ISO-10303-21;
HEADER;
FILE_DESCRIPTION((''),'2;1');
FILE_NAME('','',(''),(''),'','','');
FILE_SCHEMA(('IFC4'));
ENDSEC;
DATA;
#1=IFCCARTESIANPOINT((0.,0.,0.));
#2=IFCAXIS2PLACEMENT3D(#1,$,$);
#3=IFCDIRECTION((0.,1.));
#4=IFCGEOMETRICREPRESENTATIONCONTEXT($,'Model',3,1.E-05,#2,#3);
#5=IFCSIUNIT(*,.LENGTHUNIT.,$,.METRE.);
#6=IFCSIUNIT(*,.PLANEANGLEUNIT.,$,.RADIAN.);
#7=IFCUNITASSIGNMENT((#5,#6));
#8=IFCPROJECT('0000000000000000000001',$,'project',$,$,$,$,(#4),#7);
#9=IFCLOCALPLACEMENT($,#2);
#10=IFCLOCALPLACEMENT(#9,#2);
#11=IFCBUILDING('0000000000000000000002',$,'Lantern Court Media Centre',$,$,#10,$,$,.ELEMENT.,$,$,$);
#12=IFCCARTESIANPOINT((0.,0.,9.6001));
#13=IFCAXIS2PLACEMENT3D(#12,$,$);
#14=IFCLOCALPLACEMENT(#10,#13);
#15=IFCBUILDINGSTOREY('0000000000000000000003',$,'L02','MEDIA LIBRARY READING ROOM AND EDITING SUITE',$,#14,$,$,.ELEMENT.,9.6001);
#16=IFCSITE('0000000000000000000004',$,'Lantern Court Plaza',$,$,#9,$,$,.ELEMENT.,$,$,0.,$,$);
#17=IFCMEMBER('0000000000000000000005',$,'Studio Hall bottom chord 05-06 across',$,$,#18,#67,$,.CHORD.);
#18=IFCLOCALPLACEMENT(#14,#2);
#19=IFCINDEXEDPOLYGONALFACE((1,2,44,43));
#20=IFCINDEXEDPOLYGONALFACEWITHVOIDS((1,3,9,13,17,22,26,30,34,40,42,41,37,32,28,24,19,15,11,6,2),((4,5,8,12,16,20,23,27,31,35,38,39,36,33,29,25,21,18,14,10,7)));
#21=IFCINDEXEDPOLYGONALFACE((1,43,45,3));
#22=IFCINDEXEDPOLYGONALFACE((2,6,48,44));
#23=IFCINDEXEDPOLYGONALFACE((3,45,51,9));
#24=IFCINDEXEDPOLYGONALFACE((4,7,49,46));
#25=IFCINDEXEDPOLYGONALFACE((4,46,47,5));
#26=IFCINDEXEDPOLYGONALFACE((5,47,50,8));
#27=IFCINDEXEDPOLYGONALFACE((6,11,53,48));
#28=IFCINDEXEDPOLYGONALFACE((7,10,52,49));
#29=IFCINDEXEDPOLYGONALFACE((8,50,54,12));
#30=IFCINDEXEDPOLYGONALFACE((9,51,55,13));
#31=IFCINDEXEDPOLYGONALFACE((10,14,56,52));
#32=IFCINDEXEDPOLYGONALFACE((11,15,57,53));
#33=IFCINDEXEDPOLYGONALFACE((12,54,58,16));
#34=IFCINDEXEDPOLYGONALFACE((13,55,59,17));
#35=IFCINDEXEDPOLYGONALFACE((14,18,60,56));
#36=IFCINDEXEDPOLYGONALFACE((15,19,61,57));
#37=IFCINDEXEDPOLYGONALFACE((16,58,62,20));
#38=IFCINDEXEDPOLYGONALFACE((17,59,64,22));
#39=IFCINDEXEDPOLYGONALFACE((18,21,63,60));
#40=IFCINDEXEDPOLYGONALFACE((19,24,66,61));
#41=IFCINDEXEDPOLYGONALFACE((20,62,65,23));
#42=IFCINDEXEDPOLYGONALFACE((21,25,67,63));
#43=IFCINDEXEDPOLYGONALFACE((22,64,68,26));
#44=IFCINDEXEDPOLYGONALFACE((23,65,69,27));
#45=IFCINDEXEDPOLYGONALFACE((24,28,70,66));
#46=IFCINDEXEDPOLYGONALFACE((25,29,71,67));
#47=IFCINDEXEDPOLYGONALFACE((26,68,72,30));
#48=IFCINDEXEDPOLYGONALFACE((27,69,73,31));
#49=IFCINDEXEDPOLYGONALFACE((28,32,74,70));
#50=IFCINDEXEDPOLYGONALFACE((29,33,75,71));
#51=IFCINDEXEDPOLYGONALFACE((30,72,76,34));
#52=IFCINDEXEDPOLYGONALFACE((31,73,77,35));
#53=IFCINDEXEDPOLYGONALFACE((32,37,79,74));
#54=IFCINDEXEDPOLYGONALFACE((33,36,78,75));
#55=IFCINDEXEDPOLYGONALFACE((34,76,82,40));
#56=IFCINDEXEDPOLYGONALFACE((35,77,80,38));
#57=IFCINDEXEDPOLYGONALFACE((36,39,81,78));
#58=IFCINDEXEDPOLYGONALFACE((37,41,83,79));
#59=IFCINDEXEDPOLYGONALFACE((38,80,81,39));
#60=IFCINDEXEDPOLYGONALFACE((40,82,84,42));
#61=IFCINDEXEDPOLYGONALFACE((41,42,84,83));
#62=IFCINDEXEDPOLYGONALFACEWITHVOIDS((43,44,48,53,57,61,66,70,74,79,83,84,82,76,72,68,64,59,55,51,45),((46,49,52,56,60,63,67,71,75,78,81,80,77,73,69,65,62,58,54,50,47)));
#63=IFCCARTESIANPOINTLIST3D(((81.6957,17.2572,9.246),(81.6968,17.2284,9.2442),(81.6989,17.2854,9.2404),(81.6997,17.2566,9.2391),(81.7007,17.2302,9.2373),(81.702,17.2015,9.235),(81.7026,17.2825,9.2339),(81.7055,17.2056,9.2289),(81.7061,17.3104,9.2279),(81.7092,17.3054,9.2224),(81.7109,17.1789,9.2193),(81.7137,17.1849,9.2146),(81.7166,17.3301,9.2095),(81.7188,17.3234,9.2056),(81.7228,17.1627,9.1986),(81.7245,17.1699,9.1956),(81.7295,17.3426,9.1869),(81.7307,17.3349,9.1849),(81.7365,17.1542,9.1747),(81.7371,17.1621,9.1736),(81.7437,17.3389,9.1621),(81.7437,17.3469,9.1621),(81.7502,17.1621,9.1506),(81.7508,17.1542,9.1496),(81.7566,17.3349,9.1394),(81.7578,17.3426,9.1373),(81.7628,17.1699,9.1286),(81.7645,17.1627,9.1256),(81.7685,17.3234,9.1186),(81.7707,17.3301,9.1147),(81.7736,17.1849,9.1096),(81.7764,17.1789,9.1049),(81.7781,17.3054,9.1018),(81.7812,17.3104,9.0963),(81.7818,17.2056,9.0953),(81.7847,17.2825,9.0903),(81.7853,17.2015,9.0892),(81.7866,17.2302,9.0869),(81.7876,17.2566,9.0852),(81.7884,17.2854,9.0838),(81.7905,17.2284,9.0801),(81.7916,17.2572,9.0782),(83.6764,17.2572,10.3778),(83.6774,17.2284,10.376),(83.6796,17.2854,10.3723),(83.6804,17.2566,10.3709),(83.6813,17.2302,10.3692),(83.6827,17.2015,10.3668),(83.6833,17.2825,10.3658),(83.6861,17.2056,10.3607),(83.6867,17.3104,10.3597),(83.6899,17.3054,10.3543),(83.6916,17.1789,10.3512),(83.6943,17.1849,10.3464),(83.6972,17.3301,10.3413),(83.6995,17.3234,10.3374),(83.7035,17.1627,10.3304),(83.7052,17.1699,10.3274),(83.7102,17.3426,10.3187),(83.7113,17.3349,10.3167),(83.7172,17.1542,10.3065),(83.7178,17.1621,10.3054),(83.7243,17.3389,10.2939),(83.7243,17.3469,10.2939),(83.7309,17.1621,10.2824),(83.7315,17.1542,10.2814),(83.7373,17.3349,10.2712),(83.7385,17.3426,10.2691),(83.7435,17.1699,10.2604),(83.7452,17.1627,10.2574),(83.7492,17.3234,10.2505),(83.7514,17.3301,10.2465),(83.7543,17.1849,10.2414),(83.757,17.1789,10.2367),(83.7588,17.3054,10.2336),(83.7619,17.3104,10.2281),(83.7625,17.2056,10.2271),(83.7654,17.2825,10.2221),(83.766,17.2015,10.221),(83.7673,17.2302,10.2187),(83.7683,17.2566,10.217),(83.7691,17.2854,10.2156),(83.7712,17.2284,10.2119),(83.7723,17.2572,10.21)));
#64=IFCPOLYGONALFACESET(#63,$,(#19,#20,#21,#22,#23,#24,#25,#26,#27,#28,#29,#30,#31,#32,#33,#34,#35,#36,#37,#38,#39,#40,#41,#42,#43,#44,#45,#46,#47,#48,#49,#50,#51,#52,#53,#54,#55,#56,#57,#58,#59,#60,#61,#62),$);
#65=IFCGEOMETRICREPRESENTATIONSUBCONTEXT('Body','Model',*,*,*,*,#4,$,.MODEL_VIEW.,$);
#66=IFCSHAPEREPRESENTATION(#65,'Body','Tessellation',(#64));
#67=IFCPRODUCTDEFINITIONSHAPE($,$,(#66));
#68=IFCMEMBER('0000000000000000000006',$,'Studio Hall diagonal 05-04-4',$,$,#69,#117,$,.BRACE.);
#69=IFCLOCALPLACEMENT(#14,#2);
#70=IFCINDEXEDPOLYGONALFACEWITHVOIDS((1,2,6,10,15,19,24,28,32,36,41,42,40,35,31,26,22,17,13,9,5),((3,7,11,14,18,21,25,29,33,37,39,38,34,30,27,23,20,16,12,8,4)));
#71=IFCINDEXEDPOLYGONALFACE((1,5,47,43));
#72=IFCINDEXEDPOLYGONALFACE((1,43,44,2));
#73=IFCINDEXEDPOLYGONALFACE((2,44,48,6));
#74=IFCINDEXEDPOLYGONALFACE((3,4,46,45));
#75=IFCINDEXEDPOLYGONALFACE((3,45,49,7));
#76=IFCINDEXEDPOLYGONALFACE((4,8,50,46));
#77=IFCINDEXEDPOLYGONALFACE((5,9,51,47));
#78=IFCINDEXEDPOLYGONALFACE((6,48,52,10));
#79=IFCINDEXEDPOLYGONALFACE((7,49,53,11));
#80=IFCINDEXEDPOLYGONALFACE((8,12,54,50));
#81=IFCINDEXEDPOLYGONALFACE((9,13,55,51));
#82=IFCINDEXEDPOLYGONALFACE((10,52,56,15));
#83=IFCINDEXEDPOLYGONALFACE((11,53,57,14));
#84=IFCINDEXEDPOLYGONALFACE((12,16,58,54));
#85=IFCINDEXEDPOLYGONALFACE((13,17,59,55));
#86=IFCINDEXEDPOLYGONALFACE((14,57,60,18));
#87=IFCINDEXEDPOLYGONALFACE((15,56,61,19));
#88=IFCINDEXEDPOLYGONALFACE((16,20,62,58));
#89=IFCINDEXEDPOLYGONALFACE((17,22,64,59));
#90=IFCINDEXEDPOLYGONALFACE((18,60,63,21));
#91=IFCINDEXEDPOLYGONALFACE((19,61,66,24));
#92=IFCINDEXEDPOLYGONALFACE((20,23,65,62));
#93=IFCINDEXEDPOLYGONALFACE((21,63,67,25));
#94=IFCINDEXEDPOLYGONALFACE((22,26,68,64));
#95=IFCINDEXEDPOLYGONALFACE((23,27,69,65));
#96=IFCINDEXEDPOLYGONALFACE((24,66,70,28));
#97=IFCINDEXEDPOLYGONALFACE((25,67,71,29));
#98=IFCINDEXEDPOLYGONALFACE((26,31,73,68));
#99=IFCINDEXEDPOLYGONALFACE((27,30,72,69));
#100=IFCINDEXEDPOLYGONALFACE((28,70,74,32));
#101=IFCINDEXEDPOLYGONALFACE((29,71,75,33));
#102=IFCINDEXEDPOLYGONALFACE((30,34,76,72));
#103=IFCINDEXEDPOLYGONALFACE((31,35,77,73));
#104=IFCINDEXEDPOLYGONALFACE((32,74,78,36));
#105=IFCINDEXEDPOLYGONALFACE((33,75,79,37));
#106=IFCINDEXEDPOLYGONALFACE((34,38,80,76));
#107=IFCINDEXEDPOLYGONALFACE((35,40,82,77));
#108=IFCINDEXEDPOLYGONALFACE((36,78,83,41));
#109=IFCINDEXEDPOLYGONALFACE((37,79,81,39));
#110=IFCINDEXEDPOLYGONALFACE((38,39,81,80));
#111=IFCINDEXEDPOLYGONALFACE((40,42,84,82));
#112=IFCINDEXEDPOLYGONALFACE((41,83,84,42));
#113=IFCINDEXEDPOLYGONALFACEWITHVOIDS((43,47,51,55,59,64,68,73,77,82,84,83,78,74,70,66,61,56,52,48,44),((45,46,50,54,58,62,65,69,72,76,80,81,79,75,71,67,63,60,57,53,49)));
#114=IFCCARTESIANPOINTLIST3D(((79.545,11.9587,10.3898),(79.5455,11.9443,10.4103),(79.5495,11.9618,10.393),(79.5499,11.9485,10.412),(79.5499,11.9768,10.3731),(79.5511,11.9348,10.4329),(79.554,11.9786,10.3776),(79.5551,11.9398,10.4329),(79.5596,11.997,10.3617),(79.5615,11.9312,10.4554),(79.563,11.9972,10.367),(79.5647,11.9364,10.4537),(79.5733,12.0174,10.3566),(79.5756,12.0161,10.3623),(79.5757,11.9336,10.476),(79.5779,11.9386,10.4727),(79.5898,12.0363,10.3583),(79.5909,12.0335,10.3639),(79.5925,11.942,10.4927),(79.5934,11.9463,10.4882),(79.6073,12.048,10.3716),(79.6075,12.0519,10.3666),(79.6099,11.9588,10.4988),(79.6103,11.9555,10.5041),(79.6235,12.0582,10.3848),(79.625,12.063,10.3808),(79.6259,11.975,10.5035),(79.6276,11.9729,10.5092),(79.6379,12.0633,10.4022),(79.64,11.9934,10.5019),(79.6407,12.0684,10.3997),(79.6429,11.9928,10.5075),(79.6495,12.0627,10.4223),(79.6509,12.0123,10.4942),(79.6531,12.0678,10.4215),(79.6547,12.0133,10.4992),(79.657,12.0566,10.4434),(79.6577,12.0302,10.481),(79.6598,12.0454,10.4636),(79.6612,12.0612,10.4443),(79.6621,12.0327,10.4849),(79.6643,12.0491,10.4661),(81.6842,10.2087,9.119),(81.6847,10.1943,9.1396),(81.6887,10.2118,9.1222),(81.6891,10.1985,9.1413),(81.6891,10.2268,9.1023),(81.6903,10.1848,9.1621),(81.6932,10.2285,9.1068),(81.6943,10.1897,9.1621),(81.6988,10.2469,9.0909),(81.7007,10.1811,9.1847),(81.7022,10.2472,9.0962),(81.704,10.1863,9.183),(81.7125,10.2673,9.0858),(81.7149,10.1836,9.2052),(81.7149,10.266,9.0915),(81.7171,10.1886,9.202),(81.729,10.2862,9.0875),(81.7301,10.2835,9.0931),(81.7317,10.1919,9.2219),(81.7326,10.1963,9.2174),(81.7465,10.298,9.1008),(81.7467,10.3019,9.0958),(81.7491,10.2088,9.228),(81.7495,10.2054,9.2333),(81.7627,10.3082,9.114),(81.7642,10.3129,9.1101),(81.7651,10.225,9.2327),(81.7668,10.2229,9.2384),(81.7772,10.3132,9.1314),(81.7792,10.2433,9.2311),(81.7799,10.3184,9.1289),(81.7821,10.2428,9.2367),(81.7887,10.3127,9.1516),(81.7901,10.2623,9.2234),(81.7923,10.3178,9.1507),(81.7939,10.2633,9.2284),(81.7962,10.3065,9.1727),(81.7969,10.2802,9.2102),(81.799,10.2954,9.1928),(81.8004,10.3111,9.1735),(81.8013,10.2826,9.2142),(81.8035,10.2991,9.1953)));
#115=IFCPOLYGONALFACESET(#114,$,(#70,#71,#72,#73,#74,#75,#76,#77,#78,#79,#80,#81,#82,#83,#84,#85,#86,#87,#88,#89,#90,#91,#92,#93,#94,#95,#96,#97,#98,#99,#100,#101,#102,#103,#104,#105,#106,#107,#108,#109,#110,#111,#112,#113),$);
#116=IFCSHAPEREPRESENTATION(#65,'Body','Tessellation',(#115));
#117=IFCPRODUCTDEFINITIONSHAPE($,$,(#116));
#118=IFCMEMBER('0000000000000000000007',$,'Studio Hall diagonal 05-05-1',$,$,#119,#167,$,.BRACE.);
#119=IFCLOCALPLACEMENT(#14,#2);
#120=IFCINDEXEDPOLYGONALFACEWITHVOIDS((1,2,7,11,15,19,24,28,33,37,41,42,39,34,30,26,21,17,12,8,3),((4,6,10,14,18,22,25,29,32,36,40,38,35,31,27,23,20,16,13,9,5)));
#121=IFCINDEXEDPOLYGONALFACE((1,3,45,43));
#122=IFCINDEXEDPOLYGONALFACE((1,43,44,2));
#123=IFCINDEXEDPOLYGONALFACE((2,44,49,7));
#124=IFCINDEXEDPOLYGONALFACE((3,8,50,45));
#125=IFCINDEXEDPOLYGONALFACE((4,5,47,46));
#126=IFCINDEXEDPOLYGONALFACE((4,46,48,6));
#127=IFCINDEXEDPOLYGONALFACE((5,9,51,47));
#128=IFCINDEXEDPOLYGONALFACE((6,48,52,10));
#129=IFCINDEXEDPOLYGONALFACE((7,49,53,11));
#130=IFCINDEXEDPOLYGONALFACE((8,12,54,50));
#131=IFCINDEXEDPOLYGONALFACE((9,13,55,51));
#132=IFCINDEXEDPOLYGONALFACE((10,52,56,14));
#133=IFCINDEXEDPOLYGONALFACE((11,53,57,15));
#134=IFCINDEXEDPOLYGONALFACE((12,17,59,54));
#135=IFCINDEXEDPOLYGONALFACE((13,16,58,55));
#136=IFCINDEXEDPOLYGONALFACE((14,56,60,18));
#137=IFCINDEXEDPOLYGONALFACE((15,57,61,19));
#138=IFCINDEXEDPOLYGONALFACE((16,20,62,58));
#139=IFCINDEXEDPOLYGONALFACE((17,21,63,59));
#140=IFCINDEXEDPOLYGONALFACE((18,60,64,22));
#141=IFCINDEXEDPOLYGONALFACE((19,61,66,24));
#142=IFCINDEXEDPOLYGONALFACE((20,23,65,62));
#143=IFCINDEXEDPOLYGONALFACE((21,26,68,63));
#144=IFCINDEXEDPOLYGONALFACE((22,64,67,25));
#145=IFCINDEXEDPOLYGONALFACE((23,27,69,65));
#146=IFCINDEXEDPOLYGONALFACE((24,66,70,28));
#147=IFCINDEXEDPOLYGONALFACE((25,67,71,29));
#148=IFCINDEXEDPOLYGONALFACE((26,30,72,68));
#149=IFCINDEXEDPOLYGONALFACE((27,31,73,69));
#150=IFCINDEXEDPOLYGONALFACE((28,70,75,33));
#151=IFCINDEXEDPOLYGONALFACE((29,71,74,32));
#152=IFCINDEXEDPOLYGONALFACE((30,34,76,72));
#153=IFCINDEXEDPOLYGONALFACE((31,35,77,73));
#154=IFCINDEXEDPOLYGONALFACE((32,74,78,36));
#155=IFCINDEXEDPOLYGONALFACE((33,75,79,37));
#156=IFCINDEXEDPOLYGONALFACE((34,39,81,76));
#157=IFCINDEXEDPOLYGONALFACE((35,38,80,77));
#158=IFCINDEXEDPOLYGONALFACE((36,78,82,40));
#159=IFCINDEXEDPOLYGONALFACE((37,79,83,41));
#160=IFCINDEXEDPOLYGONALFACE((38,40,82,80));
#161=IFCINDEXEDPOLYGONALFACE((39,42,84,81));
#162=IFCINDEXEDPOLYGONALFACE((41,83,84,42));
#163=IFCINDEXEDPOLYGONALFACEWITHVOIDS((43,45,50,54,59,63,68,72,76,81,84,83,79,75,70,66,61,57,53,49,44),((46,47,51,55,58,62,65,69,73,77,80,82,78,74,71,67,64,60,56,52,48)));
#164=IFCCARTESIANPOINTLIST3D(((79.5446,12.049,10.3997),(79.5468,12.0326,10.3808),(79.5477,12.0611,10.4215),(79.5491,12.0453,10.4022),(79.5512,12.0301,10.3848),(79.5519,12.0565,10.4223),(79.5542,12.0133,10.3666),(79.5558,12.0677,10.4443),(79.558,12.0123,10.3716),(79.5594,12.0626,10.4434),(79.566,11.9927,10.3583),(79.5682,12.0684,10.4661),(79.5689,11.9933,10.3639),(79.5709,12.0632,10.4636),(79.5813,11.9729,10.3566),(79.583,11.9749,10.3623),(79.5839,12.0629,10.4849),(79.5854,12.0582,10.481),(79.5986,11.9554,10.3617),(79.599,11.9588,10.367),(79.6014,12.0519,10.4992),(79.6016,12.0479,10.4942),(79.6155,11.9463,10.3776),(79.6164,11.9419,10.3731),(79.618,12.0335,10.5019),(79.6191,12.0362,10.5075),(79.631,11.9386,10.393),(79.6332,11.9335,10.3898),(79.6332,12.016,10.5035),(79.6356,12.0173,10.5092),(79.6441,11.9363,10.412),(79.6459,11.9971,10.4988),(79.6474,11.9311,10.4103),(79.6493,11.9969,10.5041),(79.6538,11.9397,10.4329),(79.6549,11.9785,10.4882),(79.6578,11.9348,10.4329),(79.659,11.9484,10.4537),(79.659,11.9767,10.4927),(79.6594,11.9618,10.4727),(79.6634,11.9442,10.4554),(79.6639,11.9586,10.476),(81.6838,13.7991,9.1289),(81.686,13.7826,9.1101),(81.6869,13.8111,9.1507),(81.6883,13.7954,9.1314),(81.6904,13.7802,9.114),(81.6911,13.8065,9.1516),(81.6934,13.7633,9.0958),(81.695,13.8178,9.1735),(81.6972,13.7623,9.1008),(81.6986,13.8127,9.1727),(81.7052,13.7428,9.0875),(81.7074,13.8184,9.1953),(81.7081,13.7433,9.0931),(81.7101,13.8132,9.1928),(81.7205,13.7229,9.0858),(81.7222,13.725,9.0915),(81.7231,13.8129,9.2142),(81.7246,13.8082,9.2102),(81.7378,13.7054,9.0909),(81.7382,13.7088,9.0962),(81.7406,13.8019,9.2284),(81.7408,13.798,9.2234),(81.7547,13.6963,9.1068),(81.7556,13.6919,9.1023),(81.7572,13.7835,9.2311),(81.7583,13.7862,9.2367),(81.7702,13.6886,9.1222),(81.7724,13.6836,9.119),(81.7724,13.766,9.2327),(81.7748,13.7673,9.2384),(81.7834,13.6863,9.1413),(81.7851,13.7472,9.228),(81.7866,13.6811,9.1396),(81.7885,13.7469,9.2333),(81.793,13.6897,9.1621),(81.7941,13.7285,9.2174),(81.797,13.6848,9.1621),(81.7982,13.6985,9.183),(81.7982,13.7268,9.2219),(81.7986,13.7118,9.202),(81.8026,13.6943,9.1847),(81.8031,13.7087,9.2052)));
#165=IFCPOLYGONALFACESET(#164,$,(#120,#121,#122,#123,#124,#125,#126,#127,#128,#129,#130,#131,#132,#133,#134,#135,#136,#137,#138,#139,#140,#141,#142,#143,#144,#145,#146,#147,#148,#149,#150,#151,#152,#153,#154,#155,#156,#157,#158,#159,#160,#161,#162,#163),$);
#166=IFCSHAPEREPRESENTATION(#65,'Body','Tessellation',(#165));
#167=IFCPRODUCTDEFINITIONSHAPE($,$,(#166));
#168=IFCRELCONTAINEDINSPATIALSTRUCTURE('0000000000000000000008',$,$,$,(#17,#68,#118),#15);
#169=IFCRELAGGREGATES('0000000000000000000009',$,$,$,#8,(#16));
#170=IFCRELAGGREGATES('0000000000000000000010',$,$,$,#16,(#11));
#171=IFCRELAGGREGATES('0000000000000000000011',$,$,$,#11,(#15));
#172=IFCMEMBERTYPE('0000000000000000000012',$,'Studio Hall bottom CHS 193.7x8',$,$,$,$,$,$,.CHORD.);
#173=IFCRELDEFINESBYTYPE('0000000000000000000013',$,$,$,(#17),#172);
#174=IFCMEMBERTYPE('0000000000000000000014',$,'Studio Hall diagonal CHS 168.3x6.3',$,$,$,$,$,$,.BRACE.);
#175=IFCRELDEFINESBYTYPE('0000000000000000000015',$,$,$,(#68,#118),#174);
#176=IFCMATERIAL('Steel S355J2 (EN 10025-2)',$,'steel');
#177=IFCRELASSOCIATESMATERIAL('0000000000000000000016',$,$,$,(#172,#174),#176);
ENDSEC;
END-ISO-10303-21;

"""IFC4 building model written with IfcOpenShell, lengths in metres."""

from ifc_helpers import new_model, si_unit, direction, frame, origin, origin_2d, place, context, subcontext, project, spatial, hollow_circle, extrude, material, material_profile, profile_set, type_object, element, save


model = new_model("IFC4")

# Units and contexts
model_context = context("Model", 3, precision=1e-05, world=origin(), true_north=direction((0.0, 1.0)))
body_context = subcontext(model_context, "Body", "Model", "MODEL_VIEW")
ifc_project = project(units=[si_unit("LENGTHUNIT", "METRE"), si_unit("PLANEANGLEUNIT", "RADIAN")], contexts=[model_context])

# Site, building, storey
site_placement = place(None, origin())
site = spatial("IfcSite", under=ifc_project, at=site_placement, Name="Lantern Court Plaza", CompositionType="ELEMENT", RefElevation=0.0)
building_placement = place(site_placement, origin())
building = spatial("IfcBuilding", under=site, at=building_placement, Name="Lantern Court Media Centre", CompositionType="ELEMENT")
storey_placement = place(building_placement, frame((0.0, 0.0, 9.6001)))
storey = spatial("IfcBuildingStorey", under=building, at=storey_placement, Name="L02", Description="MEDIA LIBRARY READING ROOM AND EDITING SUITE", CompositionType="ELEMENT", Elevation=9.6001)

# Members
ifc_material = material(Name="Steel S355J2 (EN 10025-2)", Category="steel")
ifc_material_profile_1 = material_profile(ifc_material, hollow_circle(Radius=0.0969, WallThickness=0.0081, at=origin_2d()), Name="Studio Hall bottom CHS 193.7x8")
ifc_profile_set_1 = profile_set([ifc_material_profile_1], Name="Steel S355J2 (EN 10025-2)")
member_type_1 = type_object("IfcMemberType", Name="Studio Hall bottom CHS 193.7x8", PredefinedType="CHORD", material=ifc_profile_set_1)
for number, where, z_axis, x_axis, name in (
    (1, (81.7437, 17.25, 9.1621), (0.868243, 0.0, 0.496139), (0.0, 1.0, 0.0), "Studio Hall bottom chord 05-06 across"),
):
    element("IfcMember", number, at=place(storey_placement, frame(where, z_axis=z_axis, x_axis=x_axis)), inside=storey, type_object=member_type_1, Name=name, PredefinedType="CHORD", context=body_context, shape_type="SweptSolid", body=[
        extrude(hollow_circle(Radius=0.0969, WallThickness=0.0081, at=origin_2d()), origin(), (0.0, 0.0, 1.0), 2.2812),
    ])
ifc_material_profile_2 = material_profile(ifc_material, hollow_circle(Radius=0.0842, WallThickness=0.0063, at=origin_2d()), Name="Studio Hall diagonal CHS 168.3x6.3")
ifc_profile_set_2 = profile_set([ifc_material_profile_2], Name="Steel S355J2 (EN 10025-2)")
member_type_2 = type_object("IfcMemberType", Name="Studio Hall diagonal CHS 168.3x6.3", PredefinedType="BRACE", material=ifc_profile_set_2)
for number, where, z_axis, x_axis, name in (
    (2, (81.7437, 10.25, 9.1621), (-0.703225, 0.575293, 0.417746), (-0.63319, -0.773997, 0.0), "Studio Hall diagonal 05-04-4"),
    (3, (81.7437, 13.75, 9.1621), (-0.703225, -0.575293, 0.417746), (0.63319, -0.773997, 0.0), "Studio Hall diagonal 05-05-1"),
):
    element("IfcMember", number, at=place(storey_placement, frame(where, z_axis=z_axis, x_axis=x_axis)), inside=storey, type_object=member_type_2, Name=name, PredefinedType="BRACE", context=body_context, shape_type="SweptSolid", body=[
        extrude(hollow_circle(Radius=0.0842, WallThickness=0.0063, at=origin_2d()), origin(), (0.0, 0.0, 1.0), 3.042),
    ])

save(model, "model.ifc")
